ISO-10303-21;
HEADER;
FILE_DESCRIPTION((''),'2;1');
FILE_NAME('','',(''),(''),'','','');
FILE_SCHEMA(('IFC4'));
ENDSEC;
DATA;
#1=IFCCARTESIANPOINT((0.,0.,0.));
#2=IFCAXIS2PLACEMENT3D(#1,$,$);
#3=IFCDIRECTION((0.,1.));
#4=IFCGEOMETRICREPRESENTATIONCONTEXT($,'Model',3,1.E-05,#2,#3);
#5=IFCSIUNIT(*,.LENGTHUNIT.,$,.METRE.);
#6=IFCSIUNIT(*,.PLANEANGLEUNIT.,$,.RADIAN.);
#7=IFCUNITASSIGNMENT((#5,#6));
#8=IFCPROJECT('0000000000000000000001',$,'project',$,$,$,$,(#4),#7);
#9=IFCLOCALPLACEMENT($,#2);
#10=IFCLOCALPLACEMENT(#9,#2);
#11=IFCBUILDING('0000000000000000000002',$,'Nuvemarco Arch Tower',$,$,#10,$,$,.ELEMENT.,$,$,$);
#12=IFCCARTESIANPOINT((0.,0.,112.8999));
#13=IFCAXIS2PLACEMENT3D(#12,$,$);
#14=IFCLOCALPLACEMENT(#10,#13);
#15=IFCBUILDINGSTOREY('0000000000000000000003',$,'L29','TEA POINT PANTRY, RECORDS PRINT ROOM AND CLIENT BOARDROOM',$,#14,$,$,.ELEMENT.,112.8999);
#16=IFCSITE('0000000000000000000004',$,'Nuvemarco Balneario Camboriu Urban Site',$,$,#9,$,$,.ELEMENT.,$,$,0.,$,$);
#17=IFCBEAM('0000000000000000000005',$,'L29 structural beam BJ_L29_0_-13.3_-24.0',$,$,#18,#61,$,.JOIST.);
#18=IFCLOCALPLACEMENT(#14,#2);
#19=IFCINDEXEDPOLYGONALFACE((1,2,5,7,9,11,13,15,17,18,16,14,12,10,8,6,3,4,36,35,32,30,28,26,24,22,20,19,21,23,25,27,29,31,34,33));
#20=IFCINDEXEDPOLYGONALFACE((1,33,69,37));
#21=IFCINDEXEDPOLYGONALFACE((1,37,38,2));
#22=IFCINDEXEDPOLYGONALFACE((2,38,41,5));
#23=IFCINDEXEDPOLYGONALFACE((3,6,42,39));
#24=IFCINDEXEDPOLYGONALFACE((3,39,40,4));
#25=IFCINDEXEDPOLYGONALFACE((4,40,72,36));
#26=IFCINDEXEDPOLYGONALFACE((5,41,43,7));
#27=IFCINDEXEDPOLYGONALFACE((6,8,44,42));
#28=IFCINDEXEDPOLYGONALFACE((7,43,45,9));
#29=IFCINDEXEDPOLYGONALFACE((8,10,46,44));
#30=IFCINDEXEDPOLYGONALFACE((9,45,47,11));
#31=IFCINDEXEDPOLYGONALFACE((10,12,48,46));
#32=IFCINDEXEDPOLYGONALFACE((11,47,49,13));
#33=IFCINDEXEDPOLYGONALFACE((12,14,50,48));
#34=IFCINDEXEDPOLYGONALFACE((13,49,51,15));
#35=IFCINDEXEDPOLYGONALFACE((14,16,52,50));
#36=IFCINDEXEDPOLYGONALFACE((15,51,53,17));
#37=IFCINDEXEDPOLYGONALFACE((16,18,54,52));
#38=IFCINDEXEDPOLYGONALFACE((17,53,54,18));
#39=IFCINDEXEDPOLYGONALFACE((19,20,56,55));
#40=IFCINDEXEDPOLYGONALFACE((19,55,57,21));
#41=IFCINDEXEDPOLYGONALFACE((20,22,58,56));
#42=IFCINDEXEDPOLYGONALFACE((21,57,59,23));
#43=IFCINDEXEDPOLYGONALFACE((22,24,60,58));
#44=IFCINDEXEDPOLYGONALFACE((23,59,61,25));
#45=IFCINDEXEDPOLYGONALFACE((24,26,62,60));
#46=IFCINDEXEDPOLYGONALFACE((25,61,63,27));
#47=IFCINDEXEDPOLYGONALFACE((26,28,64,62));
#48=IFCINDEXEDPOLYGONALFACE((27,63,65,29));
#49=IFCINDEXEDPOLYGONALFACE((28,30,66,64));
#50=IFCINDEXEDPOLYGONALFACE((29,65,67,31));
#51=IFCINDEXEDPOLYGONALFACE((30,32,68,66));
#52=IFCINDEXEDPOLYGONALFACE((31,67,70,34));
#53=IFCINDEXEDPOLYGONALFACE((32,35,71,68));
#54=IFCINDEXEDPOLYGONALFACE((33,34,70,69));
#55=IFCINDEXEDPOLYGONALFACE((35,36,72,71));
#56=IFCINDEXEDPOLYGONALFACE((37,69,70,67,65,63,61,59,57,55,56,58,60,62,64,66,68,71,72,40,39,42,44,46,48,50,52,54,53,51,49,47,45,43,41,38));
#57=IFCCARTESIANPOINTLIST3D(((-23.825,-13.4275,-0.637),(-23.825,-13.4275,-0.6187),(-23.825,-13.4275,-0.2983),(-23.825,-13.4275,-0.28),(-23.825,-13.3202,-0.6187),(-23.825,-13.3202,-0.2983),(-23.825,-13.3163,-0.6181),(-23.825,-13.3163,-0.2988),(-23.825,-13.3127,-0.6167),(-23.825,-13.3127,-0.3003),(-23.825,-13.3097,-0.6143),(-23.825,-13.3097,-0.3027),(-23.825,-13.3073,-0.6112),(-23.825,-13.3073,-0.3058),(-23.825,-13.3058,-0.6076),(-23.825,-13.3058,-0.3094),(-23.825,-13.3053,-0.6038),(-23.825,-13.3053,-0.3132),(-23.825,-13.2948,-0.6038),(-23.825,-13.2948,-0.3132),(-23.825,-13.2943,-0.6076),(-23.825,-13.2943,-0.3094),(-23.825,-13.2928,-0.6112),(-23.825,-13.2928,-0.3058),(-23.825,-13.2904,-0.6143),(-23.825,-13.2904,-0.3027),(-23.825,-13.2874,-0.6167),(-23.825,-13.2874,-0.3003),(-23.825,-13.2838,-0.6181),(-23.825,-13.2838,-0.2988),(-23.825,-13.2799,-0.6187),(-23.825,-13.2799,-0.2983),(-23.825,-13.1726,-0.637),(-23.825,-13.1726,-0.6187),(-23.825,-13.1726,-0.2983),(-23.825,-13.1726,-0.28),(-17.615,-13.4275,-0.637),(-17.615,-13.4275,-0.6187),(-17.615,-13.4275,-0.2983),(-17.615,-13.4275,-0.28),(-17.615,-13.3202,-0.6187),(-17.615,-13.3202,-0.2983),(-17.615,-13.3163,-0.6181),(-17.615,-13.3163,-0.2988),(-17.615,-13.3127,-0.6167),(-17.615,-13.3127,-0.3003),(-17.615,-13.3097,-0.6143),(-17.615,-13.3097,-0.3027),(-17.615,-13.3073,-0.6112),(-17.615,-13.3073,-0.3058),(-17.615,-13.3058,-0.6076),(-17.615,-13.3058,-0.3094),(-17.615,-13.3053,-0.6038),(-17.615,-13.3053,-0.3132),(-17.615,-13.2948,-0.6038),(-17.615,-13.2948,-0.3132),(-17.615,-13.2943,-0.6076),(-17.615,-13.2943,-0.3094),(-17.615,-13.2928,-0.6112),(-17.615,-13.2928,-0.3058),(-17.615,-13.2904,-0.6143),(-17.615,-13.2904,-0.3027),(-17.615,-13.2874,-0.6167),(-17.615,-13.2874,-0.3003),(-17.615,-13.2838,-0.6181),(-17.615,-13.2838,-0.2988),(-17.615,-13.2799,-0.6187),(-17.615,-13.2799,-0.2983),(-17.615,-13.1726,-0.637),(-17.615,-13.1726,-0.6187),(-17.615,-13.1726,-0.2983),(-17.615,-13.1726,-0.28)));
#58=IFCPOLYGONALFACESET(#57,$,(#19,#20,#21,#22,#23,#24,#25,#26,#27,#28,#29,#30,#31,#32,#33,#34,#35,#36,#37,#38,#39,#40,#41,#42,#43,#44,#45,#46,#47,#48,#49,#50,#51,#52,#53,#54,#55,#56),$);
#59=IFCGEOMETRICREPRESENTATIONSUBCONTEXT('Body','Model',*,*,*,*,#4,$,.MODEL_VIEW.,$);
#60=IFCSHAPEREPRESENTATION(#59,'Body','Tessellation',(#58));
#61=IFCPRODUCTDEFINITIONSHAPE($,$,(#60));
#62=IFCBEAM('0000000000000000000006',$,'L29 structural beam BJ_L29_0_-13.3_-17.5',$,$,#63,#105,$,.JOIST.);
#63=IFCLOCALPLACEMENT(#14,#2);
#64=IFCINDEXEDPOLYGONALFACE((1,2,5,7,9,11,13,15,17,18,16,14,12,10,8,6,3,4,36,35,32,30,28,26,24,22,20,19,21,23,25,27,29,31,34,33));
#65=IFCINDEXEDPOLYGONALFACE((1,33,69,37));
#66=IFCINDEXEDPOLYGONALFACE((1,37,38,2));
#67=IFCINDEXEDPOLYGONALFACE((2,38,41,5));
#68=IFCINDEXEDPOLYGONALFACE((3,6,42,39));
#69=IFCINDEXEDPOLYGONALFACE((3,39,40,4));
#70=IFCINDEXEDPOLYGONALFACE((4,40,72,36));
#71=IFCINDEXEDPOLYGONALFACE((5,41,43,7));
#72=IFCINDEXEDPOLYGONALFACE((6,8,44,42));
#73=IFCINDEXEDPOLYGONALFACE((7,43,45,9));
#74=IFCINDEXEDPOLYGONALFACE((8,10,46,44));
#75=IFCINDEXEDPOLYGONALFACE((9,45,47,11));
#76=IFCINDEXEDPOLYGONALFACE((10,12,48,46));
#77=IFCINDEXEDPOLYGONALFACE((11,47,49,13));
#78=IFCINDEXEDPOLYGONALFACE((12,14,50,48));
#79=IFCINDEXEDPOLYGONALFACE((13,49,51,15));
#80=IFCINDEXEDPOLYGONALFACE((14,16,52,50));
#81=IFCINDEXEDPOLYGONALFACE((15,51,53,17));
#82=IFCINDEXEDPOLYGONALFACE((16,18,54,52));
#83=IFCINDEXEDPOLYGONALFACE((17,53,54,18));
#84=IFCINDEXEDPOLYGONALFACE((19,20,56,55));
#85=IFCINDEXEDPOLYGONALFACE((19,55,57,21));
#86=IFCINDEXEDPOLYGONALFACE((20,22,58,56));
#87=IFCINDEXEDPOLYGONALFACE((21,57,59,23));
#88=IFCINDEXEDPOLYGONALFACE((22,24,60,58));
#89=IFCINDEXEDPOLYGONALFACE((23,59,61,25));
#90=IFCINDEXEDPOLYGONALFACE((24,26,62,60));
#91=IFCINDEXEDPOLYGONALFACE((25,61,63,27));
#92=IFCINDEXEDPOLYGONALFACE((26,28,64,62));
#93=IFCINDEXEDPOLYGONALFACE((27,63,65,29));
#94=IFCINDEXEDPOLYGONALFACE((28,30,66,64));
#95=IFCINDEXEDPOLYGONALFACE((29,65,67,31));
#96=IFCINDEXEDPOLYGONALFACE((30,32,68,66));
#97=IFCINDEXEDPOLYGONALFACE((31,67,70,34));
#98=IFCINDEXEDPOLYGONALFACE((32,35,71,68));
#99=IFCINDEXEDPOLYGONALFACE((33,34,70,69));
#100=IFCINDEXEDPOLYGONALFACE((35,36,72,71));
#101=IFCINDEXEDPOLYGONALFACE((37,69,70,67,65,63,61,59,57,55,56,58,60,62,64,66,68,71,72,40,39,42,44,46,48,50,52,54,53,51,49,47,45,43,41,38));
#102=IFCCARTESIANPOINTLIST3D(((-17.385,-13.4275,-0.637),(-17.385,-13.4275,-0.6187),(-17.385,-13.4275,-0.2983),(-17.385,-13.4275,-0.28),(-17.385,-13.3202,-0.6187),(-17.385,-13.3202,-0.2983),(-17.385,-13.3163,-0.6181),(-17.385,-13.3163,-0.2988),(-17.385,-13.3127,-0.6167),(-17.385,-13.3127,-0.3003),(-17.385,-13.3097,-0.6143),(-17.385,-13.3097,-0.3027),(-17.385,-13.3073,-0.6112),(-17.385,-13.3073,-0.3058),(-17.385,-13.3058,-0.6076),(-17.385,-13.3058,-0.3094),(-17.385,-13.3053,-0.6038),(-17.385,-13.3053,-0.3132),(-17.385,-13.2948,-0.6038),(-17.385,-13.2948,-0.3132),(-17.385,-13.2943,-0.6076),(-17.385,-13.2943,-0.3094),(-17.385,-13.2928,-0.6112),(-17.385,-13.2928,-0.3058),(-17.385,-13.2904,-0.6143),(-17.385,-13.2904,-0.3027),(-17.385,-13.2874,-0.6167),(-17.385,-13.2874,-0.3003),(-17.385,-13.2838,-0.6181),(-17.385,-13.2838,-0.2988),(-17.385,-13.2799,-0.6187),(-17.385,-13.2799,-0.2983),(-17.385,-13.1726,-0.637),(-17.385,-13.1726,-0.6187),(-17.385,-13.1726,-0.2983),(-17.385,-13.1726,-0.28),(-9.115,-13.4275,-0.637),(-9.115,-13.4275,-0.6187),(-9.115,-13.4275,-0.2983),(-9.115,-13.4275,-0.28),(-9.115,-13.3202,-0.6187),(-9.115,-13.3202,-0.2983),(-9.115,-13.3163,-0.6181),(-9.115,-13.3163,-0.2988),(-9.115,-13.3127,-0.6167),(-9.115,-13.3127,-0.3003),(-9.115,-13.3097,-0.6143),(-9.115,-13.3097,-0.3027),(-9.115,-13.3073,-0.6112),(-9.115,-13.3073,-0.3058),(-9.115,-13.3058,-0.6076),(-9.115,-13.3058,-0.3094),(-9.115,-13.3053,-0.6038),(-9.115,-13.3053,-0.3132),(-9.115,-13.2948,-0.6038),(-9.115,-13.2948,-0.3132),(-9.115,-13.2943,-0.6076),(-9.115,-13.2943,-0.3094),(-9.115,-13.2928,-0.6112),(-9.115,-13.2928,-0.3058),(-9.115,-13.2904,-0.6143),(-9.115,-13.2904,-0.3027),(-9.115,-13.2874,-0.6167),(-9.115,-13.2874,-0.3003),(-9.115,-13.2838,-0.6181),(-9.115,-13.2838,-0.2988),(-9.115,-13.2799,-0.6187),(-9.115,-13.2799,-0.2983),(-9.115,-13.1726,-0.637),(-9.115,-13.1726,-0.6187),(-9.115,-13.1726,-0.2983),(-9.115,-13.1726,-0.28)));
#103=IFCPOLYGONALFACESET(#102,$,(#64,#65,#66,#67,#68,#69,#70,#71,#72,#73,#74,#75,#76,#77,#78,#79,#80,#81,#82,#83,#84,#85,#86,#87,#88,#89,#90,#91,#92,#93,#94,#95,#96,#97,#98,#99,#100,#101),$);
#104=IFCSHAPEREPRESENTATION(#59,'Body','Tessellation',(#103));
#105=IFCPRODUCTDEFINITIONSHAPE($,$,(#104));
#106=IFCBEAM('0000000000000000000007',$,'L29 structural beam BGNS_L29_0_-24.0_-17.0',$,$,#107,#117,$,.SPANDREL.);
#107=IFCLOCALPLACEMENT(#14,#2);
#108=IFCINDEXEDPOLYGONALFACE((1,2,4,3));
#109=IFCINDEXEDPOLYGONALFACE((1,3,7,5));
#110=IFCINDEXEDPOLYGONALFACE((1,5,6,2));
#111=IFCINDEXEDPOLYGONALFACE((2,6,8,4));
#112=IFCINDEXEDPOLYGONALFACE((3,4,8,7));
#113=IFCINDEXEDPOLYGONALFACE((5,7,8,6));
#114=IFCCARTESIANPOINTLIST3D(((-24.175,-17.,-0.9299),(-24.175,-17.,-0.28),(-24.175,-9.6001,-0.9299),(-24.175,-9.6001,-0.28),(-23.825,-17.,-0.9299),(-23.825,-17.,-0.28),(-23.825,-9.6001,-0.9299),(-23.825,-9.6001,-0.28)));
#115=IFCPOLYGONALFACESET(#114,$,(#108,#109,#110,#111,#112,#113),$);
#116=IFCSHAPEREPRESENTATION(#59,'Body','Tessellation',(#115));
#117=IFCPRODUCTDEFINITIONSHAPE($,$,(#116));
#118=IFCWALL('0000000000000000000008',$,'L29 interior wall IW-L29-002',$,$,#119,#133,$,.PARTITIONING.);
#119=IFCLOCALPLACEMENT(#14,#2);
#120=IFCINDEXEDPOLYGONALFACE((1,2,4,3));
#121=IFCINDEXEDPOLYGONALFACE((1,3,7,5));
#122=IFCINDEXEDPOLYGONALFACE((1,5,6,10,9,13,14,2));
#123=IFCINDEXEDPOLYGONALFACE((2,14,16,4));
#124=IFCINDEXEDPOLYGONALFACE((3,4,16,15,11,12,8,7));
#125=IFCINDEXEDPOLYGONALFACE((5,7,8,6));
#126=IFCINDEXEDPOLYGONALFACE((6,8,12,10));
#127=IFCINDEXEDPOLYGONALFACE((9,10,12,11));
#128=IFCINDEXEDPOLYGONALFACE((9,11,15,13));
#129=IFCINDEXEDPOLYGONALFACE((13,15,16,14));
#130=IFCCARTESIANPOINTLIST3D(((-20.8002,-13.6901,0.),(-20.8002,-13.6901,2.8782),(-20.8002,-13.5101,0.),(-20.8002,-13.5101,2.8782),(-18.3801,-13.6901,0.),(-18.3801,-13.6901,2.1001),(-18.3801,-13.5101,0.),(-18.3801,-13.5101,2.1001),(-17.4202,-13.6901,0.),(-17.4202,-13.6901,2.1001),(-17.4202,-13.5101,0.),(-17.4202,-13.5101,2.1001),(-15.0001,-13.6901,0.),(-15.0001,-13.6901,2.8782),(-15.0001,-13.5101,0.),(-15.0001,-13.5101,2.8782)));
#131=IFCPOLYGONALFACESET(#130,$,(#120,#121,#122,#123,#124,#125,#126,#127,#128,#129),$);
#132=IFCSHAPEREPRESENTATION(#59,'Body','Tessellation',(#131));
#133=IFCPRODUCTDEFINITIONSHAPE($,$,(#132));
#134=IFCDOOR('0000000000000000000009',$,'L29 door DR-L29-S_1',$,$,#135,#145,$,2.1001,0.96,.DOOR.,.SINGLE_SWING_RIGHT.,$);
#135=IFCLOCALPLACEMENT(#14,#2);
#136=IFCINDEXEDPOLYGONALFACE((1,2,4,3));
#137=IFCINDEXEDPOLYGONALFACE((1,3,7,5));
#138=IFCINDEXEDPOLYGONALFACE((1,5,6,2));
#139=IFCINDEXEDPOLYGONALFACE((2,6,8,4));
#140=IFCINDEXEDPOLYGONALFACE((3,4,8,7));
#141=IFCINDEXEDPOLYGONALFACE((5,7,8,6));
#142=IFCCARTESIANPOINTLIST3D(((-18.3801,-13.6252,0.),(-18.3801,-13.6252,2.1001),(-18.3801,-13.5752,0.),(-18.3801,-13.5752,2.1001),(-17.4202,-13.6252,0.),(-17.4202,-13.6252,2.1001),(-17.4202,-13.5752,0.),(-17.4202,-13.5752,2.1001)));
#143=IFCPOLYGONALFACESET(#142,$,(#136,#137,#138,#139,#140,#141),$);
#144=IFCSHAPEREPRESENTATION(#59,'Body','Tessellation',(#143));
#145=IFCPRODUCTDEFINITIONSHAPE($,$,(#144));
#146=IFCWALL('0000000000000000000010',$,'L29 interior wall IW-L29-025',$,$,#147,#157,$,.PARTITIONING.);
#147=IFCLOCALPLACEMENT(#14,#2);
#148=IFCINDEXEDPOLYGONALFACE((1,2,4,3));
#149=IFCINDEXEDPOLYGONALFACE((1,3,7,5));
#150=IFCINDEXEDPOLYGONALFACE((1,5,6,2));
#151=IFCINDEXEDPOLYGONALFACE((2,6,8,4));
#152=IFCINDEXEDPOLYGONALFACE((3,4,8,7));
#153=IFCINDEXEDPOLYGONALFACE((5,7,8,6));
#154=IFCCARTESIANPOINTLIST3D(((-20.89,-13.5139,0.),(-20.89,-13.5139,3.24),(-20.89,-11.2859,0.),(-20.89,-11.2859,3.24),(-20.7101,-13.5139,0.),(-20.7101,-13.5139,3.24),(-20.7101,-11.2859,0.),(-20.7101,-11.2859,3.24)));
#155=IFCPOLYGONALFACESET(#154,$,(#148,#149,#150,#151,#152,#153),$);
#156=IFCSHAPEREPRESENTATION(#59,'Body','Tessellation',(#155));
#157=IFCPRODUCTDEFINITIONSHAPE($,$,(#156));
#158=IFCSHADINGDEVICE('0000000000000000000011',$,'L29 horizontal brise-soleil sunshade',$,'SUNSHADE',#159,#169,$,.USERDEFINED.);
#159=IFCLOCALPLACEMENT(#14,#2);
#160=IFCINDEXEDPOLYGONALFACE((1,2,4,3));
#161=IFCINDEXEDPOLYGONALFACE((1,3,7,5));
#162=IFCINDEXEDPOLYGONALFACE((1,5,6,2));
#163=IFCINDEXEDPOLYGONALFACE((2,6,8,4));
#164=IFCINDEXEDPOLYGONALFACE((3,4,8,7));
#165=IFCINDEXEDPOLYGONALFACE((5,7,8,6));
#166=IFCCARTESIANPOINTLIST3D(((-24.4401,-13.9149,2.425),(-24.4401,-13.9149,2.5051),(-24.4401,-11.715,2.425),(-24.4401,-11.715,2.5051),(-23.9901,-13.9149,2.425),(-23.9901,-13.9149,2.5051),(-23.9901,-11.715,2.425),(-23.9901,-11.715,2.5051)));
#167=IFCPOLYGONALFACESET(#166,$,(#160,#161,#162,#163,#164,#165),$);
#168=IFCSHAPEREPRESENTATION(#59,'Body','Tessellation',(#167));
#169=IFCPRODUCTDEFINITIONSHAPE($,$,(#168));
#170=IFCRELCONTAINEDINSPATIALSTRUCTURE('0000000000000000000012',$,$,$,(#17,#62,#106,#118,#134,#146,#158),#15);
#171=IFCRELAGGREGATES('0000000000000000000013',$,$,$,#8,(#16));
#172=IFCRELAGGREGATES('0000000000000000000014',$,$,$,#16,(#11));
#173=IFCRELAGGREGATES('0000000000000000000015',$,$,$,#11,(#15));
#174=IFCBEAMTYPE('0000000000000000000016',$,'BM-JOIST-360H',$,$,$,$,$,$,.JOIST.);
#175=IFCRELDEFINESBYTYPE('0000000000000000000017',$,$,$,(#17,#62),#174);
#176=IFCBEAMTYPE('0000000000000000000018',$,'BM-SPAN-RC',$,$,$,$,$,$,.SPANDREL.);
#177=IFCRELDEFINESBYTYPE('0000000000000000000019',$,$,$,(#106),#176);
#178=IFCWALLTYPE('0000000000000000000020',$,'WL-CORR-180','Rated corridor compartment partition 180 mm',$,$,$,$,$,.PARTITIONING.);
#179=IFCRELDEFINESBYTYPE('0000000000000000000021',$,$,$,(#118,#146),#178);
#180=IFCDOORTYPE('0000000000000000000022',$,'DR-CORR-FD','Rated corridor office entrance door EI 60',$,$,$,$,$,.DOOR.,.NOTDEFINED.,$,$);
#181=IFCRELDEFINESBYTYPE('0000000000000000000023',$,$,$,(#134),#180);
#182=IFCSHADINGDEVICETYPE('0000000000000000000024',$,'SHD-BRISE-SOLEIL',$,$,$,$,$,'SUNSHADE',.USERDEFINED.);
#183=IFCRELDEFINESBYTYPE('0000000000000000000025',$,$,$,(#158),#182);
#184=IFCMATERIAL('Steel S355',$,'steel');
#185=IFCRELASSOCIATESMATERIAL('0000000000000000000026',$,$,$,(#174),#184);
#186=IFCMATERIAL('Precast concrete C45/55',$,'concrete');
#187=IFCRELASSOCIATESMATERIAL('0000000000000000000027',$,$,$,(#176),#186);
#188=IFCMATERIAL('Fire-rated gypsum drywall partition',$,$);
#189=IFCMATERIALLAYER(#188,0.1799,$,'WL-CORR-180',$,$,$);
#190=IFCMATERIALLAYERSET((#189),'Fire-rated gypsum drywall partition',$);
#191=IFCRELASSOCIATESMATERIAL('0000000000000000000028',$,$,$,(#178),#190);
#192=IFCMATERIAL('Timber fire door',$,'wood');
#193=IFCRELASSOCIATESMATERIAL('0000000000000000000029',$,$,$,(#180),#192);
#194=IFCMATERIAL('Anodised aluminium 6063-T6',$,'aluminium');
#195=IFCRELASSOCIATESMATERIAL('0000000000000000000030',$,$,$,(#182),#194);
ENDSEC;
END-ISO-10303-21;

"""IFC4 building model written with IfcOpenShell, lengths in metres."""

from ifc_helpers import new_model, si_unit, direction, frame, frame_2d, origin, origin_2d, place, context, subcontext, project, spatial, rectangle, i_section, extrude, source, transform, mapped, material, layer, layer_set, material_profile, profile_set, type_object, type_shapes, element, fill, save


model = new_model("IFC4")

# Units and contexts
model_context = context("Model", 3, precision=1e-05, world=origin(), true_north=direction((0.0, 1.0)))
body_context = subcontext(model_context, "Body", "Model", "MODEL_VIEW")
ifc_project = project(units=[si_unit("LENGTHUNIT", "METRE"), si_unit("PLANEANGLEUNIT", "RADIAN")], contexts=[model_context])

# Site, building, storey
site_placement = place(None, origin())
site = spatial("IfcSite", under=ifc_project, at=site_placement, Name="Nuvemarco Balneario Camboriu Urban Site", CompositionType="ELEMENT", RefElevation=0.0)
building_placement = place(site_placement, origin())
building = spatial("IfcBuilding", under=site, at=building_placement, Name="Nuvemarco Arch Tower", CompositionType="ELEMENT")
storey_placement = place(building_placement, frame((0.0, 0.0, 112.8999)))
storey = spatial("IfcBuildingStorey", under=building, at=storey_placement, Name="L29", Description="TEA POINT PANTRY, RECORDS PRINT ROOM AND CLIENT BOARDROOM", CompositionType="ELEMENT", Elevation=112.8999)

# Shared definitions
ifc_material_1 = material(Name="Steel S355", Category="steel")

# Beams
ifc_material_profile_1 = material_profile(ifc_material_1, i_section(OverallWidth=0.2549, OverallDepth=0.3569, WebThickness=0.0105, FlangeThickness=0.0183, FilletRadius=0.0149, at=origin_2d()), Name="W360x101")
ifc_profile_set_1 = profile_set([ifc_material_profile_1], Name="Steel S355")
beam_type_1 = type_object("IfcBeamType", Name="BM-JOIST-360H", PredefinedType="JOIST", material=ifc_profile_set_1)
beam_1_placement = place(storey_placement, frame((-23.825, -13.3, -0.4585), z_axis=(1.0, 0.0, 0.0), x_axis=(0.0, 1.0, 0.0)))
element("IfcBeam", 1, at=beam_1_placement, inside=storey, type_object=beam_type_1, Name="L29 structural beam BJ_L29_0_-13.3_-24.0", PredefinedType="JOIST", context=body_context, shape_type="SweptSolid", body=[
    extrude(i_section(OverallWidth=0.2549, OverallDepth=0.3569, WebThickness=0.0105, FlangeThickness=0.0183, FilletRadius=0.0149, at=origin_2d()), origin(), (0.0, 0.0, 1.0), 6.21),
])
beam_2_placement = place(storey_placement, frame((-17.385, -13.3, -0.4585), z_axis=(1.0, 0.0, 0.0), x_axis=(0.0, 1.0, 0.0)))
element("IfcBeam", 2, at=beam_2_placement, inside=storey, type_object=beam_type_1, Name="L29 structural beam BJ_L29_0_-13.3_-17.5", PredefinedType="JOIST", context=body_context, shape_type="SweptSolid", body=[
    extrude(i_section(OverallWidth=0.2549, OverallDepth=0.3569, WebThickness=0.0105, FlangeThickness=0.0183, FilletRadius=0.0149, at=origin_2d()), origin(), (0.0, 0.0, 1.0), 8.27),
])
ifc_material_2 = material(Name="Precast concrete C45/55", Category="concrete")
ifc_material_profile_2 = material_profile(ifc_material_2, rectangle(XDim=0.3501, YDim=0.6499, at=origin_2d()), Name="PC-SP-350x650")
ifc_profile_set_2 = profile_set([ifc_material_profile_2], Name="Precast concrete C45/55")
beam_type_2 = type_object("IfcBeamType", Name="BM-SPAN-RC", PredefinedType="SPANDREL", material=ifc_profile_set_2)
beam_3_placement = place(storey_placement, frame((-24.0, -17.0, -0.605), z_axis=(0.0, 1.0, 0.0), x_axis=(-1.0, 0.0, 0.0)))
element("IfcBeam", 3, at=beam_3_placement, inside=storey, type_object=beam_type_2, Name="L29 structural beam BGNS_L29_0_-24.0_-17.0", PredefinedType="SPANDREL", context=body_context, shape_type="SweptSolid", body=[
    extrude(rectangle(XDim=0.3501, YDim=0.6499, at=origin_2d()), origin(), (0.0, 0.0, 1.0), 7.3999),
])

# Wall, opening, door
ifc_material_3 = material(Name="Fire-rated gypsum drywall partition")
ifc_layer = layer(ifc_material_3, 0.1799, Name="WL-CORR-180")
ifc_layer_set = layer_set([ifc_layer], Name="Fire-rated gypsum drywall partition")
wall_type = type_object("IfcWallType", Name="WL-CORR-180", Description="Rated corridor compartment partition 180 mm", PredefinedType="PARTITIONING", material=ifc_layer_set)
wall_1_placement = place(storey_placement, frame((-20.8, -13.6001, 0.0), z_axis=(0.0, 0.0, 1.0), x_axis=(1.0, 0.0, 0.0)))
wall_1 = element("IfcWall", 4, at=wall_1_placement, inside=storey, type_object=wall_type, Name="L29 interior wall IW-L29-002", PredefinedType="PARTITIONING", context=body_context, shape_type="SweptSolid", body=[
    extrude(rectangle(XDim=5.8, YDim=0.1799, at=frame_2d((2.8999, 0.0))), origin(), (0.0, 0.0, 1.0), 2.8782),
])
opening_placement = place(wall_1_placement, frame((2.4199, 0.0, 0.0)))
opening = element("IfcOpeningElement", 5, at=opening_placement, cuts=wall_1, PredefinedType="OPENING", context=body_context, shape_type="SweptSolid", body=[
    extrude(rectangle(XDim=0.96, YDim=2.1001, at=frame_2d((0.48, 1.05))), frame((0.0, 0.0999, 0.0), z_axis=(0.0, -1.0, 0.0), x_axis=(1.0, 0.0, 0.0)), (0.0, 0.0, 1.0), 0.2),
])
ifc_material_4 = material(Name="Timber fire door", Category="wood")
door_type = type_object("IfcDoorType", Name="DR-CORR-FD", Description="Rated corridor office entrance door EI 60", OperationType="NOTDEFINED", PredefinedType="DOOR", material=ifc_material_4)
shared_shape_1 = source(origin(), body_context, "Body", "SweptSolid", [
    extrude(rectangle(XDim=0.96, YDim=2.1001, at=frame_2d((0.48, 1.05))), frame((0.0, 0.0249, 0.0), z_axis=(0.0, -1.0, 0.0), x_axis=(1.0, 0.0, 0.0)), (0.0, 0.0, 1.0), 0.05),
])
type_shapes(door_type, [shared_shape_1])
door_placement = place(opening_placement, origin())
door = element("IfcDoor", 6, at=door_placement, inside=storey, type_object=door_type, Name="L29 door DR-L29-S_1", OperationType="SINGLE_SWING_RIGHT", OverallHeight=2.1001, OverallWidth=0.96, PredefinedType="DOOR", context=body_context, shape_type="MappedRepresentation", body=[
    mapped(shared_shape_1, transform((0.0, 0.0, 0.0), scale=1.0)),
])
fill(opening, door)

# Wall
wall_2_placement = place(storey_placement, frame((-20.8, -13.5139, 0.0), z_axis=(0.0, 0.0, 1.0), x_axis=(0.0, 1.0, 0.0)))
element("IfcWall", 7, at=wall_2_placement, inside=storey, type_object=wall_type, Name="L29 interior wall IW-L29-025", PredefinedType="PARTITIONING", context=body_context, shape_type="SweptSolid", body=[
    extrude(rectangle(XDim=2.228, YDim=0.1799, at=frame_2d((1.114, 0.0))), origin(), (0.0, 0.0, 1.0), 3.24),
])

# Shading device
ifc_material_5 = material(Name="Anodised aluminium 6063-T6", Category="aluminium")
shading_device_type = type_object("IfcShadingDeviceType", Name="SHD-BRISE-SOLEIL", ElementType="SUNSHADE", PredefinedType="USERDEFINED", material=ifc_material_5)
shared_shape_2 = source(origin(), body_context, "Body", "SweptSolid", [
    extrude(rectangle(XDim=2.2, YDim=0.45, at=origin_2d()), origin(), (0.0, 0.0, 1.0), 0.0801),
])
type_shapes(shading_device_type, [shared_shape_2])
shading_device_placement = place(storey_placement, frame((-24.2151, -12.8149, 2.425), z_axis=(0.0, 0.0, 1.0), x_axis=(0.0, 1.0, 0.0)))
element("IfcShadingDevice", 8, at=shading_device_placement, inside=storey, type_object=shading_device_type, Name="L29 horizontal brise-soleil sunshade", ObjectType="SUNSHADE", PredefinedType="USERDEFINED", context=body_context, shape_type="MappedRepresentation", body=[
    mapped(shared_shape_2, transform((0.0, 0.0, 0.0), scale=1.0)),
])

save(model, "model.ifc")
